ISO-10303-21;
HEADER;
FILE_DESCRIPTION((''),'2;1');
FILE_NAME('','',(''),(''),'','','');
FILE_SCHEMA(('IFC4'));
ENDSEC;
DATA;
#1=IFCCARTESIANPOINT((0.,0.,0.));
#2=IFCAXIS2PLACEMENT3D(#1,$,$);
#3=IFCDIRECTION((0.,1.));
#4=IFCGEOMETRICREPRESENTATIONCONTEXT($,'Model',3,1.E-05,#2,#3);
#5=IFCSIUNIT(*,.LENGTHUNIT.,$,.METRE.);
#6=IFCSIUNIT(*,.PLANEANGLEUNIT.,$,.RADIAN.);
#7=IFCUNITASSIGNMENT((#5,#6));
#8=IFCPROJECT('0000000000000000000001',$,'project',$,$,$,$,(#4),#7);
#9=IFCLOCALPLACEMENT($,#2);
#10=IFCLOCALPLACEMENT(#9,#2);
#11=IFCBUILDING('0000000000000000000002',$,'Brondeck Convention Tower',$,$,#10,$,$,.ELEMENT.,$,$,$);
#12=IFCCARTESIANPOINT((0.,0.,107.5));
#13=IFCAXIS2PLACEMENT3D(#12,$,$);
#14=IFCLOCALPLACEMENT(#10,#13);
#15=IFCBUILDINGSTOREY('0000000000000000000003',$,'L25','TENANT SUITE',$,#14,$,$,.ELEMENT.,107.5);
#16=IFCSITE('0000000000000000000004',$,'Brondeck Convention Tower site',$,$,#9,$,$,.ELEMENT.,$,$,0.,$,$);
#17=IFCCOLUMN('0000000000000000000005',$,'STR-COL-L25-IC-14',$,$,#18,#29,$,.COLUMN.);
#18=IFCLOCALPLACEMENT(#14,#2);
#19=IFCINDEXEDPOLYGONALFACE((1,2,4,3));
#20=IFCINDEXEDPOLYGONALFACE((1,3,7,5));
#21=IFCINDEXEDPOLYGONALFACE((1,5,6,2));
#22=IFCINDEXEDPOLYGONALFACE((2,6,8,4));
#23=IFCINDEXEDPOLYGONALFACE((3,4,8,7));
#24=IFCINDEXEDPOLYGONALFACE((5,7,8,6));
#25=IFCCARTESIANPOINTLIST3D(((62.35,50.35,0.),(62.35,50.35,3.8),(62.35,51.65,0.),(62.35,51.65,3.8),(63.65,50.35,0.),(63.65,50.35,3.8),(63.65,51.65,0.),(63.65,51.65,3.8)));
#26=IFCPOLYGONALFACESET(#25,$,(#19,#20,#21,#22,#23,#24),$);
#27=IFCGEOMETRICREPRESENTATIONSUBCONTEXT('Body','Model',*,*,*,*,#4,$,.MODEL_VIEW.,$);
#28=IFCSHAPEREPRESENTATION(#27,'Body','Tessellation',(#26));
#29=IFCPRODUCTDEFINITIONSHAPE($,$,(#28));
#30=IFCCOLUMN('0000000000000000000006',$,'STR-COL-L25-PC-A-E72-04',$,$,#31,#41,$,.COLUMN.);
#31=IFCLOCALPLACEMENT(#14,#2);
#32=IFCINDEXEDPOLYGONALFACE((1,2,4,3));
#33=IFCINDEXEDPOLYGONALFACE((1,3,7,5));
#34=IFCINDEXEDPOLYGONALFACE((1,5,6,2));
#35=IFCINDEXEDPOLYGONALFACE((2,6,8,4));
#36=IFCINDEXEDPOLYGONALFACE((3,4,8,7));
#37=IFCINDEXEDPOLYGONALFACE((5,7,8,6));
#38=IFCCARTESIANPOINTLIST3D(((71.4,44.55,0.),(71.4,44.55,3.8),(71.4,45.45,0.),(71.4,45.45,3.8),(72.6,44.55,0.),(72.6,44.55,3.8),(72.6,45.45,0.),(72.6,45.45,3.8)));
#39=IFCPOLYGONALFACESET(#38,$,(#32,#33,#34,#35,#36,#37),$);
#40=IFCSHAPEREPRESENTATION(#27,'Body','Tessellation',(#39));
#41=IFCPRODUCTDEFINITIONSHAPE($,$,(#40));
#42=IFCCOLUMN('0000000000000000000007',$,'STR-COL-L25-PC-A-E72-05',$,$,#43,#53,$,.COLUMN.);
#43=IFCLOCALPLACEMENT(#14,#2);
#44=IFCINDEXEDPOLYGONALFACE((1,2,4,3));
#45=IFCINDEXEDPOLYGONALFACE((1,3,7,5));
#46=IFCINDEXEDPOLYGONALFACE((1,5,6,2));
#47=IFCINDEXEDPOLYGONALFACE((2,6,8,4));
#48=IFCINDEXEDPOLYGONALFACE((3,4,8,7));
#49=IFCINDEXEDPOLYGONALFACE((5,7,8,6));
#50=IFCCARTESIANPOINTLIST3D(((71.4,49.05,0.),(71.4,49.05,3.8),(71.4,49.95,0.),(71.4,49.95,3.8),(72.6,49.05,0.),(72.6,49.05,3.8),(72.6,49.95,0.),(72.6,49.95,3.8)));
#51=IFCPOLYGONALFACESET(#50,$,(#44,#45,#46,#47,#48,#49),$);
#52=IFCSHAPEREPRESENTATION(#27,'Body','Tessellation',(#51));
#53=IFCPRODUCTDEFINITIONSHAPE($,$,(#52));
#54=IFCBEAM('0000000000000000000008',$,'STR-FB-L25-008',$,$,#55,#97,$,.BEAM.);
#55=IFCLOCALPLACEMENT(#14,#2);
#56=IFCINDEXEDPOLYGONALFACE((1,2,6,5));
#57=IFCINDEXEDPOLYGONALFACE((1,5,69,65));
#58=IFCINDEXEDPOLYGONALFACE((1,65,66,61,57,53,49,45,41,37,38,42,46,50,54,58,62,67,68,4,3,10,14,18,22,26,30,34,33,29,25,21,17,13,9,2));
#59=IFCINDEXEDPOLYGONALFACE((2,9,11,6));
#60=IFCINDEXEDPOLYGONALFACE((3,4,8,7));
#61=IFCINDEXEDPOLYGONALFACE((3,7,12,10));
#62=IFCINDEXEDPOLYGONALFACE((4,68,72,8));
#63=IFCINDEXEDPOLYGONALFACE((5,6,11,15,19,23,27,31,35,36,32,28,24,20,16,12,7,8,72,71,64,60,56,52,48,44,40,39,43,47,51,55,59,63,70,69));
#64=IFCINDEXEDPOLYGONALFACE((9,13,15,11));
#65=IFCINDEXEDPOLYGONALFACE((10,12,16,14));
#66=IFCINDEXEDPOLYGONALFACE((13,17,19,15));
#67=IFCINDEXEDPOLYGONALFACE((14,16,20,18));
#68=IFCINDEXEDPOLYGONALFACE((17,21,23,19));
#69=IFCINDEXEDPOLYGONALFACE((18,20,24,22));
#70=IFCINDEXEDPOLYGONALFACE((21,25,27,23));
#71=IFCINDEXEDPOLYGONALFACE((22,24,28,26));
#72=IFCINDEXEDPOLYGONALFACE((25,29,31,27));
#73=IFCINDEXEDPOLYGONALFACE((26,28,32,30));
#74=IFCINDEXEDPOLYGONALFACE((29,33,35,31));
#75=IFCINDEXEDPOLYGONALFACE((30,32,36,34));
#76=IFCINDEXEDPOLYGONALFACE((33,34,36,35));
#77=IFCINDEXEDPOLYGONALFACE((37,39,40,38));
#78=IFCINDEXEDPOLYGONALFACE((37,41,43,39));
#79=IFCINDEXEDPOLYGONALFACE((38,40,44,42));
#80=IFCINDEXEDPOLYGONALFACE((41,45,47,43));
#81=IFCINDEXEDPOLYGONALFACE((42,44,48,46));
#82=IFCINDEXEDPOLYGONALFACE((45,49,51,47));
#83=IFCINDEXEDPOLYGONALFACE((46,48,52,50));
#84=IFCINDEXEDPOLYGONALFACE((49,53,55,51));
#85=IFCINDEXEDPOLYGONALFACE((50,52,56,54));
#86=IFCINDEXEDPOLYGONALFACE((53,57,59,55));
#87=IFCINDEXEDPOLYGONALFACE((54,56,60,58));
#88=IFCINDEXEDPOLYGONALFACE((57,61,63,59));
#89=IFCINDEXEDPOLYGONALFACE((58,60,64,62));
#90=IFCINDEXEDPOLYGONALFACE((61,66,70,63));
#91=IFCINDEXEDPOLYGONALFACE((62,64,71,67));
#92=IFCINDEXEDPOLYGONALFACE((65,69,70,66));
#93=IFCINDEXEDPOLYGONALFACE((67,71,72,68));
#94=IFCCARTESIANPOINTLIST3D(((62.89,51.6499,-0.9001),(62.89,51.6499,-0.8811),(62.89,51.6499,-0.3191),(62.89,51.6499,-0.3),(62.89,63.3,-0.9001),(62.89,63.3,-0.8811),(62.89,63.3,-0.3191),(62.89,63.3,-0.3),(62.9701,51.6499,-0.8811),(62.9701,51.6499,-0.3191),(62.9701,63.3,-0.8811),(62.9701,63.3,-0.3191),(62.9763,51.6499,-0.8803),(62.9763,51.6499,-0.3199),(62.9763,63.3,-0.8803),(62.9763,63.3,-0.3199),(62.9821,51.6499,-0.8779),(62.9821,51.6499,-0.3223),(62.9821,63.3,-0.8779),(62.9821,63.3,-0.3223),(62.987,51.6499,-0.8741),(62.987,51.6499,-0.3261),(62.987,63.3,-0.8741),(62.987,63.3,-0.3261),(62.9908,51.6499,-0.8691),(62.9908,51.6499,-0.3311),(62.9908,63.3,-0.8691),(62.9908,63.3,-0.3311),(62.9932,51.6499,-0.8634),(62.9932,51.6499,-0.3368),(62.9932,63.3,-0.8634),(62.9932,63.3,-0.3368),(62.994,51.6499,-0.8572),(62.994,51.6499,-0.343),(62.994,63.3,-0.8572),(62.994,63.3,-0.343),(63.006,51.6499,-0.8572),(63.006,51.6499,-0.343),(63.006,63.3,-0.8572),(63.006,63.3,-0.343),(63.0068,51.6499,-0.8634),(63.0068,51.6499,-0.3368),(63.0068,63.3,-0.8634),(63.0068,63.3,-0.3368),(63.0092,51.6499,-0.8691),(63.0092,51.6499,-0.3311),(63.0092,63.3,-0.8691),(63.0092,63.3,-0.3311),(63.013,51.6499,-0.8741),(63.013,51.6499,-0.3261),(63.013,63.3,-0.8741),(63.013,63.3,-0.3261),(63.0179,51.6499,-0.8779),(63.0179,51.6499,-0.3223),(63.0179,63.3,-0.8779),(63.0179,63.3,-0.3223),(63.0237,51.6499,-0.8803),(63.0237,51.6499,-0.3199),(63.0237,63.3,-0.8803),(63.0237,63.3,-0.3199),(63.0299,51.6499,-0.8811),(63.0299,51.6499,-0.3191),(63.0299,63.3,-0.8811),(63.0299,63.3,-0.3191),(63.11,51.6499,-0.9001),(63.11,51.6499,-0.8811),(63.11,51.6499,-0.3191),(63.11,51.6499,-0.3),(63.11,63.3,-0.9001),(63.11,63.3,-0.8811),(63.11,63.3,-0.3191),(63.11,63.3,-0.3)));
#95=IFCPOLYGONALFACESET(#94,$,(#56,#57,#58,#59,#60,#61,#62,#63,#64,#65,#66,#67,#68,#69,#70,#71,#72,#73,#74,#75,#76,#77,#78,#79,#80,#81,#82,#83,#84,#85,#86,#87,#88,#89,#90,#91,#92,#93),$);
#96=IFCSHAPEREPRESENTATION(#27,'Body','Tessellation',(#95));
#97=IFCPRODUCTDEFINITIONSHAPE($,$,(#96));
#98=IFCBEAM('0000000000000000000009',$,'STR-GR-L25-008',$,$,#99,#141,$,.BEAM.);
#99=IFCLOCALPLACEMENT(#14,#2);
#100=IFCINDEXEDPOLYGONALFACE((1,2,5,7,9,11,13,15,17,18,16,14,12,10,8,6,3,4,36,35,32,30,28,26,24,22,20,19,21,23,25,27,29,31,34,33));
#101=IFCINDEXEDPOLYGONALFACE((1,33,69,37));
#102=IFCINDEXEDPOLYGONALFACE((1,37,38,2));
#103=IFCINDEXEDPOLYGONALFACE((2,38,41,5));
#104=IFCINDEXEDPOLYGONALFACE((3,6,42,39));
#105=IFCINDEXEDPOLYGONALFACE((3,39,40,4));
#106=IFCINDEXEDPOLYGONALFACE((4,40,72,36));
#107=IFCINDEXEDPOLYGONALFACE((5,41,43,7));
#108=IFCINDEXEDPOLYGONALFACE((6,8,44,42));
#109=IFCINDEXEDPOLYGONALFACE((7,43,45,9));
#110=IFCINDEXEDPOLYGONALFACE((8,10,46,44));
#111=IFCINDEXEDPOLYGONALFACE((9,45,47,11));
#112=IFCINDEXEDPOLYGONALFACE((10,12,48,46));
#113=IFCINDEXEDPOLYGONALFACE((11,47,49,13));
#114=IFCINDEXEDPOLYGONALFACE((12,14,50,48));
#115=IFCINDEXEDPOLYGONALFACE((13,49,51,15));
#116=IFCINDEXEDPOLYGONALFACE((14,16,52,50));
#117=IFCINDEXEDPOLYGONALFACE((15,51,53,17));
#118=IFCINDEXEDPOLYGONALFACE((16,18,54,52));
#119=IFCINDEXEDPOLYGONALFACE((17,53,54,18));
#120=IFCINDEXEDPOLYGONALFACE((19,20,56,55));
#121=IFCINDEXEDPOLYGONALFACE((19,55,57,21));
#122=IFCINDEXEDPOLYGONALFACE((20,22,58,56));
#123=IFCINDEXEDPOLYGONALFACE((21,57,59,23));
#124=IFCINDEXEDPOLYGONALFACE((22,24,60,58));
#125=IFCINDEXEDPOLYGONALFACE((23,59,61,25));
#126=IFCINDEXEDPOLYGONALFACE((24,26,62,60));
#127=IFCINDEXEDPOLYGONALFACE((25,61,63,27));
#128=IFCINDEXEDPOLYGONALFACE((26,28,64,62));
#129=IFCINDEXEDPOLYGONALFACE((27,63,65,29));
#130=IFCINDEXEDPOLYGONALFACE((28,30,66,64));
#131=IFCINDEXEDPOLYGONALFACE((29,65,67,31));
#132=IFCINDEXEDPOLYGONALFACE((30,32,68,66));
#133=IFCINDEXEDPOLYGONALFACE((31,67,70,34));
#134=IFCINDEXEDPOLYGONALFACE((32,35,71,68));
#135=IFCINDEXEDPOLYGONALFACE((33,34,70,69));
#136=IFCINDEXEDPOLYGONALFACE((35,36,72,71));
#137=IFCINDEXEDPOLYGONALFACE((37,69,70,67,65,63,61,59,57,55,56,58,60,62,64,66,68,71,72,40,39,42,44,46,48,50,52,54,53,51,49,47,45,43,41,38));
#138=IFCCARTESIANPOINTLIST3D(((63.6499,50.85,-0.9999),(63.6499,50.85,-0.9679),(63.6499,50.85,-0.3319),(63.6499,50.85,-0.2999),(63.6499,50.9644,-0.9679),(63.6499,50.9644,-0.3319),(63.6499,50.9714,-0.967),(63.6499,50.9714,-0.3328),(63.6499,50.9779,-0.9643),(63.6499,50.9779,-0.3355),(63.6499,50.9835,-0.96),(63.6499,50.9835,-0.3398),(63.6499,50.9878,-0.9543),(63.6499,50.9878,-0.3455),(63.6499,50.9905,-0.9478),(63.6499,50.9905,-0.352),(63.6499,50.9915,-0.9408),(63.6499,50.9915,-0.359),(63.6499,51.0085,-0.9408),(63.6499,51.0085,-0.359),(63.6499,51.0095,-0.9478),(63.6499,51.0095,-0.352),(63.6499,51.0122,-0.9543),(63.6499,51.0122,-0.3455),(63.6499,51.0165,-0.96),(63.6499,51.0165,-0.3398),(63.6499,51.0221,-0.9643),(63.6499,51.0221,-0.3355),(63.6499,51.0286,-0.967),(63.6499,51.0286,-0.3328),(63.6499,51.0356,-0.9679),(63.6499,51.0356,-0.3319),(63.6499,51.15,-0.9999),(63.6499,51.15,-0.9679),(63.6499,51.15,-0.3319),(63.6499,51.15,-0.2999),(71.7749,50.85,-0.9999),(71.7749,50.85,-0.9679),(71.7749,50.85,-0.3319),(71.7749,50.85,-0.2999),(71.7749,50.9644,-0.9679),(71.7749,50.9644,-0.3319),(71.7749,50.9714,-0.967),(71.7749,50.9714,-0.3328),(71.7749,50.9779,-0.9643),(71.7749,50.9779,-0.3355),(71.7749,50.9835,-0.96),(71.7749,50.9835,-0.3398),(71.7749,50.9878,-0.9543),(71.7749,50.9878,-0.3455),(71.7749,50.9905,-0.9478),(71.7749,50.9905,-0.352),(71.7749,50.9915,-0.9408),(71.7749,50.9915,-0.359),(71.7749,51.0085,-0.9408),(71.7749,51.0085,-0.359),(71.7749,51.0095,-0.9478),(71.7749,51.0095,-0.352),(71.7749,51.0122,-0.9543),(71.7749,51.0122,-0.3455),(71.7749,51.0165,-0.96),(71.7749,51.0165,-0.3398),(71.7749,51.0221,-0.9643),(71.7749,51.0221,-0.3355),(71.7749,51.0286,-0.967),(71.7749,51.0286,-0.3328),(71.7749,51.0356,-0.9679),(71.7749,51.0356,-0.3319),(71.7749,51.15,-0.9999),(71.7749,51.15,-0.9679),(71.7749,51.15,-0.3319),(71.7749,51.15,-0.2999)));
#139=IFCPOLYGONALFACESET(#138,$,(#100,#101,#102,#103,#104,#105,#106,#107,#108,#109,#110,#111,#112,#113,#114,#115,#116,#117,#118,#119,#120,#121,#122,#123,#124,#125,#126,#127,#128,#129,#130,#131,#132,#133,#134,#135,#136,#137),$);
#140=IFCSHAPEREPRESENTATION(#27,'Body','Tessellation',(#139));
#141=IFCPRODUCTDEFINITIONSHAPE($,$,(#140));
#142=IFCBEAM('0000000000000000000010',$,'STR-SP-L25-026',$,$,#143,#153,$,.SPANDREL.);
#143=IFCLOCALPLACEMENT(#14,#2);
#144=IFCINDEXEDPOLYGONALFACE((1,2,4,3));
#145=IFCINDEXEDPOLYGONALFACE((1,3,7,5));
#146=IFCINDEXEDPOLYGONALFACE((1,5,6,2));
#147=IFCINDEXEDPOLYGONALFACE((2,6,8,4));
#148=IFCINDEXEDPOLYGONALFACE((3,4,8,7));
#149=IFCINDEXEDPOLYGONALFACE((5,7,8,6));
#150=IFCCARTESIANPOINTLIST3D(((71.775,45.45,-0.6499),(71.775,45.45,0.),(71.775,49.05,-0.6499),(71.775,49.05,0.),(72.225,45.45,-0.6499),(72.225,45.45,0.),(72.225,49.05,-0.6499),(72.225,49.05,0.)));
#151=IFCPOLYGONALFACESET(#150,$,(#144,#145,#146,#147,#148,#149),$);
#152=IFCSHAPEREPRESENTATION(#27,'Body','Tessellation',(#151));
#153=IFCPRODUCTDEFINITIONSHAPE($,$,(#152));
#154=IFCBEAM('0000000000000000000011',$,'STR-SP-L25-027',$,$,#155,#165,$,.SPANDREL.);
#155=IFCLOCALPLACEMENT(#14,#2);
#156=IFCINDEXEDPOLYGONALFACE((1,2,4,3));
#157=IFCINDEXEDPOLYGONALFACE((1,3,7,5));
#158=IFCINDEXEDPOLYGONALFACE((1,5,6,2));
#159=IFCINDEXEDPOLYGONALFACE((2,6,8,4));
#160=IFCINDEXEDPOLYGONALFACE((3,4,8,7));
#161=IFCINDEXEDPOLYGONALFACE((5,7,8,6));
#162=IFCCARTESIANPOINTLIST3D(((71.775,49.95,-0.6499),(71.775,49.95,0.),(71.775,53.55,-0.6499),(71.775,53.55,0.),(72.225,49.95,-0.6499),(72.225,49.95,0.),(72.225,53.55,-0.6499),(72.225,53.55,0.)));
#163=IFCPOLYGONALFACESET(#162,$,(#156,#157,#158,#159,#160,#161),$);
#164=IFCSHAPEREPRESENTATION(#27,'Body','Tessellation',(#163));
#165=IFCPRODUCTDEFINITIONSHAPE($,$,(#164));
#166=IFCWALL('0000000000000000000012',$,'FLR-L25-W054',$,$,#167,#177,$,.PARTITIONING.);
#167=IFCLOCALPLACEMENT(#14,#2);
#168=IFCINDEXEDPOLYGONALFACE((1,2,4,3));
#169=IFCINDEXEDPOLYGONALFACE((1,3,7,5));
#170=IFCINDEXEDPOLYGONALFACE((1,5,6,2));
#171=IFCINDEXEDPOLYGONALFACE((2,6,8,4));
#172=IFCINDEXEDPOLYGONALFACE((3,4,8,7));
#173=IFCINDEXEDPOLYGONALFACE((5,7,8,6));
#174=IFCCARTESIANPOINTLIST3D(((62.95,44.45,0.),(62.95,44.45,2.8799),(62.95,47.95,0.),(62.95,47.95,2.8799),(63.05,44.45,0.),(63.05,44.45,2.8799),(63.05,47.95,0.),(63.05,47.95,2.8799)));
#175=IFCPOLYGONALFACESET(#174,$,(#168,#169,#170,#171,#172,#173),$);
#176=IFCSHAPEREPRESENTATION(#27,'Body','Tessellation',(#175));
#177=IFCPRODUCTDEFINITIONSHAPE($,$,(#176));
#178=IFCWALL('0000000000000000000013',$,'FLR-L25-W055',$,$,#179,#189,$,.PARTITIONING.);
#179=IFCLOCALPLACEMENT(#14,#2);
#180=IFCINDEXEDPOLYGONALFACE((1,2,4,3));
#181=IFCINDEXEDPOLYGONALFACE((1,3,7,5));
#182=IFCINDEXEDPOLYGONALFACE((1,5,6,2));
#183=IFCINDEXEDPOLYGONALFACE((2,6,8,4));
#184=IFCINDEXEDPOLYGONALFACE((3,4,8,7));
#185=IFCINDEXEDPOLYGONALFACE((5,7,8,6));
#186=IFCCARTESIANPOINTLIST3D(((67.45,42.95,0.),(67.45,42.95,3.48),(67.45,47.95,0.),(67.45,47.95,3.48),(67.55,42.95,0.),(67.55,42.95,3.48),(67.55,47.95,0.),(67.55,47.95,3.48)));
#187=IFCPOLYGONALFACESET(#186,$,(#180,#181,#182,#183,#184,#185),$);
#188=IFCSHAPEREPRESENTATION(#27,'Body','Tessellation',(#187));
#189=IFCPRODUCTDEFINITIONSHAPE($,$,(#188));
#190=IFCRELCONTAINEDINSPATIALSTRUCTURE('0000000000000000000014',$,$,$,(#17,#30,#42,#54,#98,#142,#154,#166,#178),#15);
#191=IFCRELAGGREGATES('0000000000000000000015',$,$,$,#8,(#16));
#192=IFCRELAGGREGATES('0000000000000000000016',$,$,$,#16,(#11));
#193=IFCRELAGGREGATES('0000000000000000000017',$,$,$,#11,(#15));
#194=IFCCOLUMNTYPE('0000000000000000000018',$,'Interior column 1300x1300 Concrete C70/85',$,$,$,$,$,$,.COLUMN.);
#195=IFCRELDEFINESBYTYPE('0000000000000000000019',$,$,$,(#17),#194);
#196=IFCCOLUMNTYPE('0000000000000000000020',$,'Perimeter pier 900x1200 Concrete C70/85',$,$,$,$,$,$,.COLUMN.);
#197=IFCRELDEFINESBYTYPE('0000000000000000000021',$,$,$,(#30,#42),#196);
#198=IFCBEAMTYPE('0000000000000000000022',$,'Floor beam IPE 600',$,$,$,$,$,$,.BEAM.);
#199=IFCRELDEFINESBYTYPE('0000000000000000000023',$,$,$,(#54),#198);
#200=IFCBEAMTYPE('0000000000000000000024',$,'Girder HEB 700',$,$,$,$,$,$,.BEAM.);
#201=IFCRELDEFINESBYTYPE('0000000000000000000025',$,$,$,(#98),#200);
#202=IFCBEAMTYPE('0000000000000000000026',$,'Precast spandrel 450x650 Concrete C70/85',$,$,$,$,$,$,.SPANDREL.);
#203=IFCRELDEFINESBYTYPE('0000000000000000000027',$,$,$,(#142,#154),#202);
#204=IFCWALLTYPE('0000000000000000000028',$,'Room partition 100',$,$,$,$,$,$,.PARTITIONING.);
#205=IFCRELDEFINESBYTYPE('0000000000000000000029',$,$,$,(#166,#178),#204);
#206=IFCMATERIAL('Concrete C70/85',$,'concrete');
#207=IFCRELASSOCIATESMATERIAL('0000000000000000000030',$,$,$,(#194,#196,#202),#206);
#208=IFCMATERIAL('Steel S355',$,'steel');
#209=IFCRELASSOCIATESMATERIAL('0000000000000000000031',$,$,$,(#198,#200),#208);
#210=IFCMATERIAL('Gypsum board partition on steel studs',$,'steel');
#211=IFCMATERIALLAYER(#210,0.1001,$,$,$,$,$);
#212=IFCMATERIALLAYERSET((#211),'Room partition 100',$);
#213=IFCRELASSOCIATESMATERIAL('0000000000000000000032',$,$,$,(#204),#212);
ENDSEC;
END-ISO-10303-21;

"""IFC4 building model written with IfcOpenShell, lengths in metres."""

from ifc_helpers import new_model, si_unit, direction, frame, frame_2d, origin, origin_2d, place, context, subcontext, project, spatial, rectangle, i_section, extrude, material, layer, layer_set, material_profile, profile_set, type_object, element, save


model = new_model("IFC4")

# Units and contexts
model_context = context("Model", 3, precision=1e-05, world=origin(), true_north=direction((0.0, 1.0)))
body_context = subcontext(model_context, "Body", "Model", "MODEL_VIEW")
ifc_project = project(units=[si_unit("LENGTHUNIT", "METRE"), si_unit("PLANEANGLEUNIT", "RADIAN")], contexts=[model_context])

# Site, building, storey
site_placement = place(None, origin())
site = spatial("IfcSite", under=ifc_project, at=site_placement, Name="Brondeck Convention Tower site", CompositionType="ELEMENT", RefElevation=0.0)
building_placement = place(site_placement, origin())
building = spatial("IfcBuilding", under=site, at=building_placement, Name="Brondeck Convention Tower", CompositionType="ELEMENT")
storey_placement = place(building_placement, frame((0.0, 0.0, 107.5)))
storey = spatial("IfcBuildingStorey", under=building, at=storey_placement, Name="L25", Description="TENANT SUITE", CompositionType="ELEMENT", Elevation=107.5)

# Columns
ifc_material_1 = material(Name="Concrete C70/85", Category="concrete")
ifc_material_profile_1 = material_profile(ifc_material_1, rectangle(XDim=1.3, YDim=1.3, at=origin_2d()), Name="Interior column 1300x1300 Concrete C70/85")
ifc_profile_set_1 = profile_set([ifc_material_profile_1], Name="Concrete C70/85")
column_type_1 = type_object("IfcColumnType", Name="Interior column 1300x1300 Concrete C70/85", PredefinedType="COLUMN", material=ifc_profile_set_1)
column_placement = place(storey_placement, frame((63.0, 51.0, 0.0), z_axis=(0.0, 0.0, 1.0), x_axis=(1.0, 0.0, 0.0)))
element("IfcColumn", 1, at=column_placement, inside=storey, type_object=column_type_1, Name="STR-COL-L25-IC-14", PredefinedType="COLUMN", context=body_context, shape_type="SweptSolid", body=[
    extrude(rectangle(XDim=1.3, YDim=1.3, at=origin_2d()), origin(), (0.0, 0.0, 1.0), 3.8),
])
ifc_material_profile_2 = material_profile(ifc_material_1, rectangle(XDim=0.8999, YDim=1.2, at=origin_2d()), Name="Perimeter pier 900x1200 Concrete C70/85")
ifc_profile_set_2 = profile_set([ifc_material_profile_2], Name="Concrete C70/85")
column_type_2 = type_object("IfcColumnType", Name="Perimeter pier 900x1200 Concrete C70/85", PredefinedType="COLUMN", material=ifc_profile_set_2)
for number, where, z_axis, x_axis, name in (
    (2, (72.0, 45.0, 0.0), (0.0, 0.0, 1.0), (0.0, 1.0, 0.0), "STR-COL-L25-PC-A-E72-04"),
    (3, (72.0, 49.5, 0.0), (0.0, 0.0, 1.0), (0.0, 1.0, 0.0), "STR-COL-L25-PC-A-E72-05"),
):
    element("IfcColumn", number, at=place(storey_placement, frame(where, z_axis=z_axis, x_axis=x_axis)), inside=storey, type_object=column_type_2, Name=name, PredefinedType="COLUMN", context=body_context, shape_type="SweptSolid", body=[
        extrude(rectangle(XDim=0.8999, YDim=1.2, at=origin_2d()), origin(), (0.0, 0.0, 1.0), 3.8),
    ])

# Beams
ifc_material_2 = material(Name="Steel S355", Category="steel")
ifc_material_profile_3 = material_profile(ifc_material_2, i_section(OverallWidth=0.22, OverallDepth=0.6001, WebThickness=0.012, FlangeThickness=0.019, FilletRadius=0.0239, at=origin_2d()), Name="IPE 600")
ifc_profile_set_3 = profile_set([ifc_material_profile_3], Name="Steel S355")
beam_type_1 = type_object("IfcBeamType", Name="Floor beam IPE 600", PredefinedType="BEAM", material=ifc_profile_set_3)
beam_1_placement = place(storey_placement, frame((63.0, 51.6499, -0.6001), z_axis=(0.0, 1.0, 0.0), x_axis=(-1.0, 0.0, 0.0)))
element("IfcBeam", 4, at=beam_1_placement, inside=storey, type_object=beam_type_1, Name="STR-FB-L25-008", PredefinedType="BEAM", context=body_context, shape_type="SweptSolid", body=[
    extrude(i_section(OverallWidth=0.22, OverallDepth=0.6001, WebThickness=0.012, FlangeThickness=0.019, FilletRadius=0.0239, at=origin_2d()), origin(), (0.0, 0.0, 1.0), 11.6501),
])
ifc_material_profile_4 = material_profile(ifc_material_2, i_section(OverallWidth=0.3, OverallDepth=0.7, WebThickness=0.0171, FlangeThickness=0.032, FilletRadius=0.0271, at=origin_2d()), Name="HEB 700")
ifc_profile_set_4 = profile_set([ifc_material_profile_4], Name="Steel S355")
beam_type_2 = type_object("IfcBeamType", Name="Girder HEB 700", PredefinedType="BEAM", material=ifc_profile_set_4)
beam_2_placement = place(storey_placement, frame((63.6499, 51.0, -0.6499), z_axis=(1.0, 0.0, 0.0), x_axis=(0.0, 1.0, 0.0)))
element("IfcBeam", 5, at=beam_2_placement, inside=storey, type_object=beam_type_2, Name="STR-GR-L25-008", PredefinedType="BEAM", context=body_context, shape_type="SweptSolid", body=[
    extrude(i_section(OverallWidth=0.3, OverallDepth=0.7, WebThickness=0.0171, FlangeThickness=0.032, FilletRadius=0.0271, at=origin_2d()), origin(), (0.0, 0.0, 1.0), 8.125),
])
ifc_material_profile_5 = material_profile(ifc_material_1, rectangle(XDim=0.45, YDim=0.6499, at=origin_2d()), Name="Precast spandrel 450x650 Concrete C70/85")
ifc_profile_set_5 = profile_set([ifc_material_profile_5], Name="Concrete C70/85")
beam_type_3 = type_object("IfcBeamType", Name="Precast spandrel 450x650 Concrete C70/85", PredefinedType="SPANDREL", material=ifc_profile_set_5)
for number, where, z_axis, x_axis, name in (
    (6, (72.0, 45.45, -0.325), (0.0, 1.0, 0.0), (-1.0, 0.0, 0.0), "STR-SP-L25-026"),
    (7, (72.0, 49.95, -0.325), (0.0, 1.0, 0.0), (-1.0, 0.0, 0.0), "STR-SP-L25-027"),
):
    element("IfcBeam", number, at=place(storey_placement, frame(where, z_axis=z_axis, x_axis=x_axis)), inside=storey, type_object=beam_type_3, Name=name, PredefinedType="SPANDREL", context=body_context, shape_type="SweptSolid", body=[
        extrude(rectangle(XDim=0.45, YDim=0.6499, at=origin_2d()), origin(), (0.0, 0.0, 1.0), 3.6001),
    ])

# Walls
ifc_material_3 = material(Name="Gypsum board partition on steel studs", Category="steel")
ifc_layer = layer(ifc_material_3, 0.1001)
ifc_layer_set = layer_set([ifc_layer], Name="Room partition 100")
wall_type = type_object("IfcWallType", Name="Room partition 100", PredefinedType="PARTITIONING", material=ifc_layer_set)
wall_1_placement = place(storey_placement, frame((63.0, 47.95, 0.0), z_axis=(0.0, 0.0, 1.0), x_axis=(0.0, -1.0, 0.0)))
element("IfcWall", 8, at=wall_1_placement, inside=storey, type_object=wall_type, Name="FLR-L25-W054", PredefinedType="PARTITIONING", context=body_context, shape_type="SweptSolid", body=[
    extrude(rectangle(XDim=3.5, YDim=0.1001, at=frame_2d((1.75, 0.0))), origin(), (0.0, 0.0, 1.0), 2.8799),
])
wall_2_placement = place(storey_placement, frame((67.5, 47.95, 0.0), z_axis=(0.0, 0.0, 1.0), x_axis=(0.0, -1.0, 0.0)))
element("IfcWall", 9, at=wall_2_placement, inside=storey, type_object=wall_type, Name="FLR-L25-W055", PredefinedType="PARTITIONING", context=body_context, shape_type="SweptSolid", body=[
    extrude(rectangle(XDim=5.0, YDim=0.1001, at=frame_2d((2.5, 0.0))), origin(), (0.0, 0.0, 1.0), 3.48),
])

save(model, "model.ifc")
